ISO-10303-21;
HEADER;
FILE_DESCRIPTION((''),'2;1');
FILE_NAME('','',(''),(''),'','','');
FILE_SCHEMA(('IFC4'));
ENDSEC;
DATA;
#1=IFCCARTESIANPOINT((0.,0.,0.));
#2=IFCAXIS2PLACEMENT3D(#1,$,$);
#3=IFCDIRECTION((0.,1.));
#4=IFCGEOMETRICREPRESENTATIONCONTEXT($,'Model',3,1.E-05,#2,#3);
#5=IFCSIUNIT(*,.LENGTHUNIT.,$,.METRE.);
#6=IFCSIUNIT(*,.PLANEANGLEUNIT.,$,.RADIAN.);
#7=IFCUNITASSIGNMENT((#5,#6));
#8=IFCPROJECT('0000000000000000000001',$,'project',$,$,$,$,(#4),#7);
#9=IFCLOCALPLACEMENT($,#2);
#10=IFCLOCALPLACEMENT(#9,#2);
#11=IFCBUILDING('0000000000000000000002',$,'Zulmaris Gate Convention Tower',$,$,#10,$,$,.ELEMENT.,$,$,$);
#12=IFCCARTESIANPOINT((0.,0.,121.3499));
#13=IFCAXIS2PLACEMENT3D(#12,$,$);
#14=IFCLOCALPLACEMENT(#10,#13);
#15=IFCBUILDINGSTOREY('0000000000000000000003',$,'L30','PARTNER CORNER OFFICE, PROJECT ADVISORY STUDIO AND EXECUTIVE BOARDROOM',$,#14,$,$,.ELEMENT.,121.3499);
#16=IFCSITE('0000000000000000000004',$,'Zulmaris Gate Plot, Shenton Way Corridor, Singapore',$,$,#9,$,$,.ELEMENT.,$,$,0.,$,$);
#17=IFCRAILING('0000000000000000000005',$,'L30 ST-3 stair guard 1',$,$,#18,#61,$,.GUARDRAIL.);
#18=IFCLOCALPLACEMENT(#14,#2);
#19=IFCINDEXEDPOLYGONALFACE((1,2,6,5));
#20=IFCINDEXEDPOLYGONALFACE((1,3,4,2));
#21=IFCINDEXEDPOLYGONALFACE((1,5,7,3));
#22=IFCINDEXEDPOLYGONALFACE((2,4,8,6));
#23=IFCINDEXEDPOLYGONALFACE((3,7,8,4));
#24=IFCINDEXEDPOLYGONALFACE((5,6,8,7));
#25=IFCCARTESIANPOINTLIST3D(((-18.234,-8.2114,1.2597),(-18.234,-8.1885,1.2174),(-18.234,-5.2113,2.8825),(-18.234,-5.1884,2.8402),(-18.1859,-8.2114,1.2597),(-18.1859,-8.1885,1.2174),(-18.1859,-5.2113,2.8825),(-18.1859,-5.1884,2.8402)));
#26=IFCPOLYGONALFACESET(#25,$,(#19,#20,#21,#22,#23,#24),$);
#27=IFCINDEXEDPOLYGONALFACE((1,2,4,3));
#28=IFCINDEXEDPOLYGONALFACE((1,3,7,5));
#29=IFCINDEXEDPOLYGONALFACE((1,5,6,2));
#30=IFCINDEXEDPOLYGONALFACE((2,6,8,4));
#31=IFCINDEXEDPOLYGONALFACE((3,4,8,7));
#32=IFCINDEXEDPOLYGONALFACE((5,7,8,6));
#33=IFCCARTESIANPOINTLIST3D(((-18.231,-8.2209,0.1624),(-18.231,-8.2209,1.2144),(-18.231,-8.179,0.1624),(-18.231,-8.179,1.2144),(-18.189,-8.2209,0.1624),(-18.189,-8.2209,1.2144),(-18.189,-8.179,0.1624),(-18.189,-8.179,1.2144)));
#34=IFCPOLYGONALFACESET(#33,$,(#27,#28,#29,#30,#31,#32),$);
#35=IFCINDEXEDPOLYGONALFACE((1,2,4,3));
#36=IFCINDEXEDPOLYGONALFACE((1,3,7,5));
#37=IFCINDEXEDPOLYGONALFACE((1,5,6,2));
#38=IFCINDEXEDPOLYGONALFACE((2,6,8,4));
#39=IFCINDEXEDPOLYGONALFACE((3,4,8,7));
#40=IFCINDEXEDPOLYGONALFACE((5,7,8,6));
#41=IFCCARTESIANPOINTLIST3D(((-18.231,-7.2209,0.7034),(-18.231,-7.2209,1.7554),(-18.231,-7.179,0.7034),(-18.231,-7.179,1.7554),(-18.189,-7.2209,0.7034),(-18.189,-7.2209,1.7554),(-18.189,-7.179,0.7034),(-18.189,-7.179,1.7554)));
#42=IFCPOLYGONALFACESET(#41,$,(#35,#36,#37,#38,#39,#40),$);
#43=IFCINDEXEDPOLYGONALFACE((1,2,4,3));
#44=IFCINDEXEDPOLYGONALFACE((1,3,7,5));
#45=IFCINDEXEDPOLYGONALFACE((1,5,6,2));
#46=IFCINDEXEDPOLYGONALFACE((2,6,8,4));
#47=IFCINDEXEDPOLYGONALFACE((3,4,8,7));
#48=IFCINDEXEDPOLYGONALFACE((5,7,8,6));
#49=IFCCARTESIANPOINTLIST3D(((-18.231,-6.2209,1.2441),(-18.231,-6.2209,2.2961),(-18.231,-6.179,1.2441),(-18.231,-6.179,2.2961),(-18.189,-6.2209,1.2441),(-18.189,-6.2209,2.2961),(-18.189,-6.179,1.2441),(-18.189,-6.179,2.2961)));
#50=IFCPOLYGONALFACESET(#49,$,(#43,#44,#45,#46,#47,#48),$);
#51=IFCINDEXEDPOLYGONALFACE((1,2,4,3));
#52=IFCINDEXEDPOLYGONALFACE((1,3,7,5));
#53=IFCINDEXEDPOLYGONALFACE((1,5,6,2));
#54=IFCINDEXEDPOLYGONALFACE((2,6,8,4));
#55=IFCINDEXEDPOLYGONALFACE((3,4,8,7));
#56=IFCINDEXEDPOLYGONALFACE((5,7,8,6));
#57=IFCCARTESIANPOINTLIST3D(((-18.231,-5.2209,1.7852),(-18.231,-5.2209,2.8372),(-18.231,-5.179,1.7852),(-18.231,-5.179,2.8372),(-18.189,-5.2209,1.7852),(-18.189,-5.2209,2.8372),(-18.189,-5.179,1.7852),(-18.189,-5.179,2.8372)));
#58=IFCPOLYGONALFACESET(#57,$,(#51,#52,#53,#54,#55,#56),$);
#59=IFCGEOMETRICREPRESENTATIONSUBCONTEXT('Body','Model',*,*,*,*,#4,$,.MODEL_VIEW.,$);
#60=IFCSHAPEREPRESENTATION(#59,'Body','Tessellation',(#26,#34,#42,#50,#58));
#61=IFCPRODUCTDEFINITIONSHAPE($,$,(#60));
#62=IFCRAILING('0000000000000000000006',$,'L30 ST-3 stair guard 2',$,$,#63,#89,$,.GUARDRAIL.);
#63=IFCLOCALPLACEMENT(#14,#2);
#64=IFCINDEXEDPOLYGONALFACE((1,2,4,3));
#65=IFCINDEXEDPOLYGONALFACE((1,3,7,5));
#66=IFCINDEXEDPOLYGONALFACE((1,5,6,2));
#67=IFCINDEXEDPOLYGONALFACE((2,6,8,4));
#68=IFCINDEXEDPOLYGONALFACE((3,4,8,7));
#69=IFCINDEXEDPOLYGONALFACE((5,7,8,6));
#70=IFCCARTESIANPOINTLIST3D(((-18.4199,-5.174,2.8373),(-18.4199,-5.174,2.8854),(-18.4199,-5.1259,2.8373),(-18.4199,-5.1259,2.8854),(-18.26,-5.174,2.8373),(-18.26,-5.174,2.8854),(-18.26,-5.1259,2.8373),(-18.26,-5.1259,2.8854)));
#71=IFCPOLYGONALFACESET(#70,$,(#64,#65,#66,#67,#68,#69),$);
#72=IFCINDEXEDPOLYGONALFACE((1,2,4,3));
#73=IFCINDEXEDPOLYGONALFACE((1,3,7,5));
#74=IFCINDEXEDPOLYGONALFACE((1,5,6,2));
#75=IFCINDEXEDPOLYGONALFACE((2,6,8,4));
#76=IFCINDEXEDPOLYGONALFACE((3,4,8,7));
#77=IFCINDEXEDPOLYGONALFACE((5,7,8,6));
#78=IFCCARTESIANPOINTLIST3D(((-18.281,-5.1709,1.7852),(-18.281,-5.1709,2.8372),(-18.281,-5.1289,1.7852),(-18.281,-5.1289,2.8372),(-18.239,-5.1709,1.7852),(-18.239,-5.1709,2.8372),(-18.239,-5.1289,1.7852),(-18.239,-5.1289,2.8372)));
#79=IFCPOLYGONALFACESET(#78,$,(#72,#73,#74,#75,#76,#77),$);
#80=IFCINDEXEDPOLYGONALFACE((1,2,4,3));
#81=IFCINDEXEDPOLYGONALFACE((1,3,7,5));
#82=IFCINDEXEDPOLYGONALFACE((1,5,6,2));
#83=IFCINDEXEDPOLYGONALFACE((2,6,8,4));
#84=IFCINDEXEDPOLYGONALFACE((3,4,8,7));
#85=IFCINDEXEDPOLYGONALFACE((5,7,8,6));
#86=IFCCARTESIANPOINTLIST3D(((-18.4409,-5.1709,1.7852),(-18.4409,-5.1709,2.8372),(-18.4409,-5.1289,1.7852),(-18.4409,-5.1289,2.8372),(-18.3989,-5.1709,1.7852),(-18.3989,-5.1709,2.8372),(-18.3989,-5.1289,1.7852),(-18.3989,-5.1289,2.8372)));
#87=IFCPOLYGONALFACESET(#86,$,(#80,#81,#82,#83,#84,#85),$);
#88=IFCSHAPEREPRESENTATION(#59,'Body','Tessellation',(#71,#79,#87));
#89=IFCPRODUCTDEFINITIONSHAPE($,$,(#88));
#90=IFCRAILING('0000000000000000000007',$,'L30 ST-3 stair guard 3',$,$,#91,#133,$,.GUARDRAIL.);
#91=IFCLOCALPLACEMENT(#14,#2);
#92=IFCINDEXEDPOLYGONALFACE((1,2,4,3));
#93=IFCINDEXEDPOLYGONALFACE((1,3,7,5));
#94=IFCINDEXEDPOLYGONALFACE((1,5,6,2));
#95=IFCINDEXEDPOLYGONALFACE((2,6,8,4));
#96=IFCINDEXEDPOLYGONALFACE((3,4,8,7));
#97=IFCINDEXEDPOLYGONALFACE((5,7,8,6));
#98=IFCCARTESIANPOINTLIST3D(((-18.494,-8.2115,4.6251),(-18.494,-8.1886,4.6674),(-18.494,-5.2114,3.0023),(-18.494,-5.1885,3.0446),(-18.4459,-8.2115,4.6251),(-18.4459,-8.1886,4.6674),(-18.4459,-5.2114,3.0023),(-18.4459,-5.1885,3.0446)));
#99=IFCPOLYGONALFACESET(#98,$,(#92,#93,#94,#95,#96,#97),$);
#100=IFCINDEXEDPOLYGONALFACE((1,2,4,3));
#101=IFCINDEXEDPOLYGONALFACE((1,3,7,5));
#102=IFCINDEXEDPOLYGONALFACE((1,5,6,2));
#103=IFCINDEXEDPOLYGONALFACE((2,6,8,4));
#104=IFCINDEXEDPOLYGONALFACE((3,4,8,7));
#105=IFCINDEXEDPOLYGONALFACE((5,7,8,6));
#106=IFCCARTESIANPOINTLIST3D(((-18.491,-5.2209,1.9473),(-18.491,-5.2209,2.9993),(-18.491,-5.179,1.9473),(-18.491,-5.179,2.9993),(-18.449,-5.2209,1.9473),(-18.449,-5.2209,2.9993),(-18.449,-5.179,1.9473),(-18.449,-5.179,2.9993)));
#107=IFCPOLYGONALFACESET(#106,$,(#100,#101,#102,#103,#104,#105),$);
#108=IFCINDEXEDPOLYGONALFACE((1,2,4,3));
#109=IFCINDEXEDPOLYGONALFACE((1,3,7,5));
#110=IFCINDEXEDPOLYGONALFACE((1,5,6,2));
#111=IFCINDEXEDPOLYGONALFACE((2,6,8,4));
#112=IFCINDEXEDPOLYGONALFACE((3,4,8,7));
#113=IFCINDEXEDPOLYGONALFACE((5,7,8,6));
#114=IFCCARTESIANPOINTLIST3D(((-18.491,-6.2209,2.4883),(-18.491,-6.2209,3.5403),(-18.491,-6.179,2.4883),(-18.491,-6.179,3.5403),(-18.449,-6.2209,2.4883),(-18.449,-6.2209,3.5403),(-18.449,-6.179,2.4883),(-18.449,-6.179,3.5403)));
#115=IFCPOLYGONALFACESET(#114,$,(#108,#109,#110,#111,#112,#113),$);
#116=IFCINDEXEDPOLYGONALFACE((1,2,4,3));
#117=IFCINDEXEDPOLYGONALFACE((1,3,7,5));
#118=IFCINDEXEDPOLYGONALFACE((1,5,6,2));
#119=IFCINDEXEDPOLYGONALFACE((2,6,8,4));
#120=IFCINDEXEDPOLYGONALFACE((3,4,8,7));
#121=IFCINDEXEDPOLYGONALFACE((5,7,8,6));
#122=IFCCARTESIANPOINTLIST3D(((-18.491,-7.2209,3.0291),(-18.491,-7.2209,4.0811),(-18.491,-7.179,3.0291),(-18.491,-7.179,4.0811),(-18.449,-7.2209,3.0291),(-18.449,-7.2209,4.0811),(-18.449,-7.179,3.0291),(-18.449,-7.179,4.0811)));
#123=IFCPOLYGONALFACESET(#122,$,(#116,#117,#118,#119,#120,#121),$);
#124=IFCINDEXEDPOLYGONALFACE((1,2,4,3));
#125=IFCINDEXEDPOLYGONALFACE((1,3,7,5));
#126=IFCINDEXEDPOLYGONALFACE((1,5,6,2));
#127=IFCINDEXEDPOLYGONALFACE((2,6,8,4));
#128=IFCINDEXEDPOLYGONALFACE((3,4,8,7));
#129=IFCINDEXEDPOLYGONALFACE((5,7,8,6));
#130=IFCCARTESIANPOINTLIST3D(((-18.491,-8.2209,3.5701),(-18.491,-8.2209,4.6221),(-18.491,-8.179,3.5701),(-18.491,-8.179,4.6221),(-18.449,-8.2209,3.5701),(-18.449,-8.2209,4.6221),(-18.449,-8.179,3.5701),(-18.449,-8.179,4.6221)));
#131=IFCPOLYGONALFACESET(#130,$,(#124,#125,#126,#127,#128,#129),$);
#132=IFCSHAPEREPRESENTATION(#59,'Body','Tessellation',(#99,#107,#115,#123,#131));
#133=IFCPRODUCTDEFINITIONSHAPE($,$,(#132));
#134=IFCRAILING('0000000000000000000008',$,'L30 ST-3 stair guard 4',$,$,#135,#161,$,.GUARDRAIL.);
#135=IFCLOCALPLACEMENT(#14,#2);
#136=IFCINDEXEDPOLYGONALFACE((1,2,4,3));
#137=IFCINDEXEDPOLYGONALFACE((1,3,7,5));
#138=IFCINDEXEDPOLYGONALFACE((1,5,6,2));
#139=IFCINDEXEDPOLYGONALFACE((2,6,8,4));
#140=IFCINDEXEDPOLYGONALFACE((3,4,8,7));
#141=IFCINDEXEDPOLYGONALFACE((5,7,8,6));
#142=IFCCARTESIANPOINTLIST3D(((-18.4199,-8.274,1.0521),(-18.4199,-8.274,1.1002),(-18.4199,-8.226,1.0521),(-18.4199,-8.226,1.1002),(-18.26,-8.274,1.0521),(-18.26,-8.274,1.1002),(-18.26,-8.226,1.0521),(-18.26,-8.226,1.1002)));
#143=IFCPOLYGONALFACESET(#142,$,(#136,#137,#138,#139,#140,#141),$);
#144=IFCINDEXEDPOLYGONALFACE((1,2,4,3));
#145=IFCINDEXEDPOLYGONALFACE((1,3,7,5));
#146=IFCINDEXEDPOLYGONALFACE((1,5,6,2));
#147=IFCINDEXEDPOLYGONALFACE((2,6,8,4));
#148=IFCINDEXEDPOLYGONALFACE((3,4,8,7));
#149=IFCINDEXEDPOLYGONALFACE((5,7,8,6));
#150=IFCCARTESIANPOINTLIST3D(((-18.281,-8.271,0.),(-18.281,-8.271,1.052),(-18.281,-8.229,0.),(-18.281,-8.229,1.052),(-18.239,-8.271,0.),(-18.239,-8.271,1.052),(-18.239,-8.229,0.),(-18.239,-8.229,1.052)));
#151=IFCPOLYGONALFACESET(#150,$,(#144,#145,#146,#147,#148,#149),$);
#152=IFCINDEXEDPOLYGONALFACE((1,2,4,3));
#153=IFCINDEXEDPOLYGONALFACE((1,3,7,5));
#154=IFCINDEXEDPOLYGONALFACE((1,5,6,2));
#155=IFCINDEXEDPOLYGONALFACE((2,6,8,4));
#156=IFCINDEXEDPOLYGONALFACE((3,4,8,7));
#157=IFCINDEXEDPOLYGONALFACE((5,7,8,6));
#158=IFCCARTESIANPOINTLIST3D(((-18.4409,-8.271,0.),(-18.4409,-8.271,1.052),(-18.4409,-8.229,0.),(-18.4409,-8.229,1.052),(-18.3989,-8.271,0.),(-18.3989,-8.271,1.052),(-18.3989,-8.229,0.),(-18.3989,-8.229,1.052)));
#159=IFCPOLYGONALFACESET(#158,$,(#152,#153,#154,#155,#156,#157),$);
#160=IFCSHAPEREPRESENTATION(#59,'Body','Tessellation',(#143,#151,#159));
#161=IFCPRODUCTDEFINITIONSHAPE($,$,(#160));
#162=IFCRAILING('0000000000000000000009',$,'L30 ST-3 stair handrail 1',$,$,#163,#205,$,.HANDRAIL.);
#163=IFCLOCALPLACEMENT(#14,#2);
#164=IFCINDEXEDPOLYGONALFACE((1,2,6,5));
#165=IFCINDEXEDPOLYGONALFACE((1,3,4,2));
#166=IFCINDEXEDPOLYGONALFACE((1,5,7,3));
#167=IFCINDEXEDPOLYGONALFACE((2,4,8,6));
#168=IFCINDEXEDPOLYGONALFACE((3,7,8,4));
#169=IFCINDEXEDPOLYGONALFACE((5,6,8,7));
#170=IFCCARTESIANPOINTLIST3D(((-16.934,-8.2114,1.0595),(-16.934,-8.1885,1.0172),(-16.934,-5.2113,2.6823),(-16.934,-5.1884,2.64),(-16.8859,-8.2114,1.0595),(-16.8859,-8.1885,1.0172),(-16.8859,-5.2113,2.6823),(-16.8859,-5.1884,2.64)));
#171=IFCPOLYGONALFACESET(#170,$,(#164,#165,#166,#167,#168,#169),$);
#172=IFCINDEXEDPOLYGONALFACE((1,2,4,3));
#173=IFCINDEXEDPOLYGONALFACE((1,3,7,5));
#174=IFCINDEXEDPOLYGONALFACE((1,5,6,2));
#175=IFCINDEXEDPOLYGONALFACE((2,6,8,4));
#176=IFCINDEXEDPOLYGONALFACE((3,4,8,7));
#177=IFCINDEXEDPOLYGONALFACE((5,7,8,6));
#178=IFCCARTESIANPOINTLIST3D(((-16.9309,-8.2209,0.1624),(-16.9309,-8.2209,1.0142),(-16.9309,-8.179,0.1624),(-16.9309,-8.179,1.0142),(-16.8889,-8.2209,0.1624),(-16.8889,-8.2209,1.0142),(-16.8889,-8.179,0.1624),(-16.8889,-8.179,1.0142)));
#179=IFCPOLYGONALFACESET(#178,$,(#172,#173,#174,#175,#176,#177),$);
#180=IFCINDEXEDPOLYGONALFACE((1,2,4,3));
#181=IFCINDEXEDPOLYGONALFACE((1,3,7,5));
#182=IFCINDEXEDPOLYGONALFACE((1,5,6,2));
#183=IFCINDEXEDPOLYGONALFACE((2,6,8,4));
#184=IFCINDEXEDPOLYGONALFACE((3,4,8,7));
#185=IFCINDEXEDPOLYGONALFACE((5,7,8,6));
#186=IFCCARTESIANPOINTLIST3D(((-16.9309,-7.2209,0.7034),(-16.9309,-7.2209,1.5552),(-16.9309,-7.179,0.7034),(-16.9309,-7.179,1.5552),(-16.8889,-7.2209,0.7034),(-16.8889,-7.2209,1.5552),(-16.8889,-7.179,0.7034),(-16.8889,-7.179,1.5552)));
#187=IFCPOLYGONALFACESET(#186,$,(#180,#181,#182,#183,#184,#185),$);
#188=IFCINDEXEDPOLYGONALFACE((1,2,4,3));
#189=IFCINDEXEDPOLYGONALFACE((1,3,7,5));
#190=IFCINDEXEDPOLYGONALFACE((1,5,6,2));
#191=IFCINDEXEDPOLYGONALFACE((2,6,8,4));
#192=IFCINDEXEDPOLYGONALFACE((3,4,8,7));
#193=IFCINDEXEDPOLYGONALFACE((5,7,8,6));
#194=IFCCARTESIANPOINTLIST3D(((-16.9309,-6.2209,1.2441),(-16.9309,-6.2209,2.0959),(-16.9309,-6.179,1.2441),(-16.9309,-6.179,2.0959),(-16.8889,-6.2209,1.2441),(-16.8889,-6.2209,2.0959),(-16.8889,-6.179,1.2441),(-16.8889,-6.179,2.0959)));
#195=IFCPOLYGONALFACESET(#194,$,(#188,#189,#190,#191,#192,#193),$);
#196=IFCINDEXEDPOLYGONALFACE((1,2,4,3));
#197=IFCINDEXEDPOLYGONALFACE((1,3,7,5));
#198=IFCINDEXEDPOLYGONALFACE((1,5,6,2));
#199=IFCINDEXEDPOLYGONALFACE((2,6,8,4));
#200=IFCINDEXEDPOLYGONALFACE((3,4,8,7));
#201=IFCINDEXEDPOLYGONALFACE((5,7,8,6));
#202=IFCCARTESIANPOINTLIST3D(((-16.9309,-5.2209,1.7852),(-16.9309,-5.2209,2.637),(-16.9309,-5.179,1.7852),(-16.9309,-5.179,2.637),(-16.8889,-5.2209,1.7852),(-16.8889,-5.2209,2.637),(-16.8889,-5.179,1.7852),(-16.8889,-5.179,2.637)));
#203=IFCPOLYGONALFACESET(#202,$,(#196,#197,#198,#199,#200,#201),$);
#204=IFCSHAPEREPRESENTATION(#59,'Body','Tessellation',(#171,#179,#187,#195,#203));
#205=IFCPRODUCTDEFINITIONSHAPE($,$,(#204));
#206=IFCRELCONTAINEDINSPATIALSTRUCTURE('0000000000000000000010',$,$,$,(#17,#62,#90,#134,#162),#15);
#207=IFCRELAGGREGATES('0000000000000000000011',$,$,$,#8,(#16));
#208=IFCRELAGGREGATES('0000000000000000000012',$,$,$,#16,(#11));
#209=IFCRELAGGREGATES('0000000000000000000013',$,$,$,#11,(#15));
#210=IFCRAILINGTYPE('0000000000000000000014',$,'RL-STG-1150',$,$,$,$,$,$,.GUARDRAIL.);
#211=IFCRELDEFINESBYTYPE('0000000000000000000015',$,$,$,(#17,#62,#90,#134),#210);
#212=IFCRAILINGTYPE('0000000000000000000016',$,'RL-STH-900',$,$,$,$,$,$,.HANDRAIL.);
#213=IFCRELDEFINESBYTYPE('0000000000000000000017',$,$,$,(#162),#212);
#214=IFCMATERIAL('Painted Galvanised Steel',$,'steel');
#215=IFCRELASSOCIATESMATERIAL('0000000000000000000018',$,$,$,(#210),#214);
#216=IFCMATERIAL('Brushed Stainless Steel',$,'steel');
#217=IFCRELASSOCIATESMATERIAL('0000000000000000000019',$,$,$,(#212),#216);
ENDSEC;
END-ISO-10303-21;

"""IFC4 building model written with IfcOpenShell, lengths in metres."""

from ifc_helpers import new_model, si_unit, direction, frame, origin, origin_2d, place, context, subcontext, project, spatial, rectangle, extrude, material, type_object, element, save


model = new_model("IFC4")

# Units and contexts
model_context = context("Model", 3, precision=1e-05, world=origin(), true_north=direction((0.0, 1.0)))
body_context = subcontext(model_context, "Body", "Model", "MODEL_VIEW")
ifc_project = project(units=[si_unit("LENGTHUNIT", "METRE"), si_unit("PLANEANGLEUNIT", "RADIAN")], contexts=[model_context])

# Site, building, storey
site_placement = place(None, origin())
site = spatial("IfcSite", under=ifc_project, at=site_placement, Name="Zulmaris Gate Plot, Shenton Way Corridor, Singapore", CompositionType="ELEMENT", RefElevation=0.0)
building_placement = place(site_placement, origin())
building = spatial("IfcBuilding", under=site, at=building_placement, Name="Zulmaris Gate Convention Tower", CompositionType="ELEMENT")
storey_placement = place(building_placement, frame((0.0, 0.0, 121.3499)))
storey = spatial("IfcBuildingStorey", under=building, at=storey_placement, Name="L30", Description="PARTNER CORNER OFFICE, PROJECT ADVISORY STUDIO AND EXECUTIVE BOARDROOM", CompositionType="ELEMENT", Elevation=121.3499)

# Railings
ifc_material_1 = material(Name="Painted Galvanised Steel", Category="steel")
railing_type_1 = type_object("IfcRailingType", Name="RL-STG-1150", PredefinedType="GUARDRAIL", material=ifc_material_1)
railing_1_placement = place(storey_placement, frame((-18.21, -8.2, 0.1624)))
element("IfcRailing", 1, at=railing_1_placement, inside=storey, type_object=railing_type_1, Name="L30 ST-3 stair guard 1", PredefinedType="GUARDRAIL", context=body_context, shape_type="SweptSolid", body=[
    extrude(rectangle(XDim=0.0481, YDim=0.0481, at=origin_2d()), frame((0.0, 0.0, 1.0762), z_axis=(0.0, 0.879562, 0.475785), x_axis=(-1.0, 0.0, 0.0)), (0.0, 0.0, 1.0), 3.4109),
    extrude(rectangle(XDim=0.042, YDim=0.042, at=origin_2d()), origin(), (0.0, 0.0, 1.0), 1.052),
    extrude(rectangle(XDim=0.042, YDim=0.042, at=origin_2d()), frame((0.0, 1.0, 0.541)), (0.0, 0.0, 1.0), 1.052),
    extrude(rectangle(XDim=0.042, YDim=0.042, at=origin_2d()), frame((0.0, 2.0, 1.0818)), (0.0, 0.0, 1.0), 1.052),
    extrude(rectangle(XDim=0.042, YDim=0.042, at=origin_2d()), frame((0.0, 3.0, 1.6228)), (0.0, 0.0, 1.0), 1.052),
])
railing_2_placement = place(storey_placement, frame((-18.26, -5.1499, 1.7852)))
element("IfcRailing", 2, at=railing_2_placement, inside=storey, type_object=railing_type_1, Name="L30 ST-3 stair guard 2", PredefinedType="GUARDRAIL", context=body_context, shape_type="SweptSolid", body=[
    extrude(rectangle(XDim=0.0481, YDim=0.0481, at=origin_2d()), frame((0.0, 0.0, 1.0762), z_axis=(-1.0, 0.0, 0.0), x_axis=(0.0, -1.0, 0.0)), (0.0, 0.0, 1.0), 0.1599),
    extrude(rectangle(XDim=0.042, YDim=0.042, at=origin_2d()), origin(), (0.0, 0.0, 1.0), 1.052),
    extrude(rectangle(XDim=0.042, YDim=0.042, at=origin_2d()), frame((-0.1599, 0.0, 0.0)), (0.0, 0.0, 1.0), 1.052),
])
railing_3_placement = place(storey_placement, frame((-18.47, -5.2, 1.9473)))
element("IfcRailing", 3, at=railing_3_placement, inside=storey, type_object=railing_type_1, Name="L30 ST-3 stair guard 3", PredefinedType="GUARDRAIL", context=body_context, shape_type="SweptSolid", body=[
    extrude(rectangle(XDim=0.0481, YDim=0.0481, at=origin_2d()), frame((0.0, 0.0, 1.0762), z_axis=(0.0, -0.879562, 0.475785), x_axis=(1.0, 0.0, 0.0)), (0.0, 0.0, 1.0), 3.4109),
    extrude(rectangle(XDim=0.042, YDim=0.042, at=origin_2d()), origin(), (0.0, 0.0, 1.0), 1.052),
    extrude(rectangle(XDim=0.042, YDim=0.042, at=origin_2d()), frame((0.0, -1.0, 0.541)), (0.0, 0.0, 1.0), 1.052),
    extrude(rectangle(XDim=0.042, YDim=0.042, at=origin_2d()), frame((0.0, -2.0, 1.0818)), (0.0, 0.0, 1.0), 1.052),
    extrude(rectangle(XDim=0.042, YDim=0.042, at=origin_2d()), frame((0.0, -3.0, 1.6228)), (0.0, 0.0, 1.0), 1.052),
])
railing_4_placement = place(storey_placement, frame((-18.26, -8.25, 0.0)))
element("IfcRailing", 4, at=railing_4_placement, inside=storey, type_object=railing_type_1, Name="L30 ST-3 stair guard 4", PredefinedType="GUARDRAIL", context=body_context, shape_type="SweptSolid", body=[
    extrude(rectangle(XDim=0.0481, YDim=0.0481, at=origin_2d()), frame((0.0, 0.0, 1.0762), z_axis=(-1.0, 0.0, 0.0), x_axis=(0.0, -1.0, 0.0)), (0.0, 0.0, 1.0), 0.1599),
    extrude(rectangle(XDim=0.042, YDim=0.042, at=origin_2d()), origin(), (0.0, 0.0, 1.0), 1.052),
    extrude(rectangle(XDim=0.042, YDim=0.042, at=origin_2d()), frame((-0.1599, 0.0, 0.0)), (0.0, 0.0, 1.0), 1.052),
])
ifc_material_2 = material(Name="Brushed Stainless Steel", Category="steel")
railing_type_2 = type_object("IfcRailingType", Name="RL-STH-900", PredefinedType="HANDRAIL", material=ifc_material_2)
railing_5_placement = place(storey_placement, frame((-16.9099, -8.2, 0.1624)))
element("IfcRailing", 5, at=railing_5_placement, inside=storey, type_object=railing_type_2, Name="L30 ST-3 stair handrail 1", PredefinedType="HANDRAIL", context=body_context, shape_type="SweptSolid", body=[
    extrude(rectangle(XDim=0.0481, YDim=0.0481, at=origin_2d()), frame((0.0, 0.0, 0.876), z_axis=(0.0, 0.879562, 0.475785), x_axis=(-1.0, 0.0, 0.0)), (0.0, 0.0, 1.0), 3.4109),
    extrude(rectangle(XDim=0.042, YDim=0.042, at=origin_2d()), origin(), (0.0, 0.0, 1.0), 0.8518),
    extrude(rectangle(XDim=0.042, YDim=0.042, at=origin_2d()), frame((0.0, 1.0, 0.541)), (0.0, 0.0, 1.0), 0.8518),
    extrude(rectangle(XDim=0.042, YDim=0.042, at=origin_2d()), frame((0.0, 2.0, 1.0818)), (0.0, 0.0, 1.0), 0.8518),
    extrude(rectangle(XDim=0.042, YDim=0.042, at=origin_2d()), frame((0.0, 3.0, 1.6228)), (0.0, 0.0, 1.0), 0.8518),
])

save(model, "model.ifc")
